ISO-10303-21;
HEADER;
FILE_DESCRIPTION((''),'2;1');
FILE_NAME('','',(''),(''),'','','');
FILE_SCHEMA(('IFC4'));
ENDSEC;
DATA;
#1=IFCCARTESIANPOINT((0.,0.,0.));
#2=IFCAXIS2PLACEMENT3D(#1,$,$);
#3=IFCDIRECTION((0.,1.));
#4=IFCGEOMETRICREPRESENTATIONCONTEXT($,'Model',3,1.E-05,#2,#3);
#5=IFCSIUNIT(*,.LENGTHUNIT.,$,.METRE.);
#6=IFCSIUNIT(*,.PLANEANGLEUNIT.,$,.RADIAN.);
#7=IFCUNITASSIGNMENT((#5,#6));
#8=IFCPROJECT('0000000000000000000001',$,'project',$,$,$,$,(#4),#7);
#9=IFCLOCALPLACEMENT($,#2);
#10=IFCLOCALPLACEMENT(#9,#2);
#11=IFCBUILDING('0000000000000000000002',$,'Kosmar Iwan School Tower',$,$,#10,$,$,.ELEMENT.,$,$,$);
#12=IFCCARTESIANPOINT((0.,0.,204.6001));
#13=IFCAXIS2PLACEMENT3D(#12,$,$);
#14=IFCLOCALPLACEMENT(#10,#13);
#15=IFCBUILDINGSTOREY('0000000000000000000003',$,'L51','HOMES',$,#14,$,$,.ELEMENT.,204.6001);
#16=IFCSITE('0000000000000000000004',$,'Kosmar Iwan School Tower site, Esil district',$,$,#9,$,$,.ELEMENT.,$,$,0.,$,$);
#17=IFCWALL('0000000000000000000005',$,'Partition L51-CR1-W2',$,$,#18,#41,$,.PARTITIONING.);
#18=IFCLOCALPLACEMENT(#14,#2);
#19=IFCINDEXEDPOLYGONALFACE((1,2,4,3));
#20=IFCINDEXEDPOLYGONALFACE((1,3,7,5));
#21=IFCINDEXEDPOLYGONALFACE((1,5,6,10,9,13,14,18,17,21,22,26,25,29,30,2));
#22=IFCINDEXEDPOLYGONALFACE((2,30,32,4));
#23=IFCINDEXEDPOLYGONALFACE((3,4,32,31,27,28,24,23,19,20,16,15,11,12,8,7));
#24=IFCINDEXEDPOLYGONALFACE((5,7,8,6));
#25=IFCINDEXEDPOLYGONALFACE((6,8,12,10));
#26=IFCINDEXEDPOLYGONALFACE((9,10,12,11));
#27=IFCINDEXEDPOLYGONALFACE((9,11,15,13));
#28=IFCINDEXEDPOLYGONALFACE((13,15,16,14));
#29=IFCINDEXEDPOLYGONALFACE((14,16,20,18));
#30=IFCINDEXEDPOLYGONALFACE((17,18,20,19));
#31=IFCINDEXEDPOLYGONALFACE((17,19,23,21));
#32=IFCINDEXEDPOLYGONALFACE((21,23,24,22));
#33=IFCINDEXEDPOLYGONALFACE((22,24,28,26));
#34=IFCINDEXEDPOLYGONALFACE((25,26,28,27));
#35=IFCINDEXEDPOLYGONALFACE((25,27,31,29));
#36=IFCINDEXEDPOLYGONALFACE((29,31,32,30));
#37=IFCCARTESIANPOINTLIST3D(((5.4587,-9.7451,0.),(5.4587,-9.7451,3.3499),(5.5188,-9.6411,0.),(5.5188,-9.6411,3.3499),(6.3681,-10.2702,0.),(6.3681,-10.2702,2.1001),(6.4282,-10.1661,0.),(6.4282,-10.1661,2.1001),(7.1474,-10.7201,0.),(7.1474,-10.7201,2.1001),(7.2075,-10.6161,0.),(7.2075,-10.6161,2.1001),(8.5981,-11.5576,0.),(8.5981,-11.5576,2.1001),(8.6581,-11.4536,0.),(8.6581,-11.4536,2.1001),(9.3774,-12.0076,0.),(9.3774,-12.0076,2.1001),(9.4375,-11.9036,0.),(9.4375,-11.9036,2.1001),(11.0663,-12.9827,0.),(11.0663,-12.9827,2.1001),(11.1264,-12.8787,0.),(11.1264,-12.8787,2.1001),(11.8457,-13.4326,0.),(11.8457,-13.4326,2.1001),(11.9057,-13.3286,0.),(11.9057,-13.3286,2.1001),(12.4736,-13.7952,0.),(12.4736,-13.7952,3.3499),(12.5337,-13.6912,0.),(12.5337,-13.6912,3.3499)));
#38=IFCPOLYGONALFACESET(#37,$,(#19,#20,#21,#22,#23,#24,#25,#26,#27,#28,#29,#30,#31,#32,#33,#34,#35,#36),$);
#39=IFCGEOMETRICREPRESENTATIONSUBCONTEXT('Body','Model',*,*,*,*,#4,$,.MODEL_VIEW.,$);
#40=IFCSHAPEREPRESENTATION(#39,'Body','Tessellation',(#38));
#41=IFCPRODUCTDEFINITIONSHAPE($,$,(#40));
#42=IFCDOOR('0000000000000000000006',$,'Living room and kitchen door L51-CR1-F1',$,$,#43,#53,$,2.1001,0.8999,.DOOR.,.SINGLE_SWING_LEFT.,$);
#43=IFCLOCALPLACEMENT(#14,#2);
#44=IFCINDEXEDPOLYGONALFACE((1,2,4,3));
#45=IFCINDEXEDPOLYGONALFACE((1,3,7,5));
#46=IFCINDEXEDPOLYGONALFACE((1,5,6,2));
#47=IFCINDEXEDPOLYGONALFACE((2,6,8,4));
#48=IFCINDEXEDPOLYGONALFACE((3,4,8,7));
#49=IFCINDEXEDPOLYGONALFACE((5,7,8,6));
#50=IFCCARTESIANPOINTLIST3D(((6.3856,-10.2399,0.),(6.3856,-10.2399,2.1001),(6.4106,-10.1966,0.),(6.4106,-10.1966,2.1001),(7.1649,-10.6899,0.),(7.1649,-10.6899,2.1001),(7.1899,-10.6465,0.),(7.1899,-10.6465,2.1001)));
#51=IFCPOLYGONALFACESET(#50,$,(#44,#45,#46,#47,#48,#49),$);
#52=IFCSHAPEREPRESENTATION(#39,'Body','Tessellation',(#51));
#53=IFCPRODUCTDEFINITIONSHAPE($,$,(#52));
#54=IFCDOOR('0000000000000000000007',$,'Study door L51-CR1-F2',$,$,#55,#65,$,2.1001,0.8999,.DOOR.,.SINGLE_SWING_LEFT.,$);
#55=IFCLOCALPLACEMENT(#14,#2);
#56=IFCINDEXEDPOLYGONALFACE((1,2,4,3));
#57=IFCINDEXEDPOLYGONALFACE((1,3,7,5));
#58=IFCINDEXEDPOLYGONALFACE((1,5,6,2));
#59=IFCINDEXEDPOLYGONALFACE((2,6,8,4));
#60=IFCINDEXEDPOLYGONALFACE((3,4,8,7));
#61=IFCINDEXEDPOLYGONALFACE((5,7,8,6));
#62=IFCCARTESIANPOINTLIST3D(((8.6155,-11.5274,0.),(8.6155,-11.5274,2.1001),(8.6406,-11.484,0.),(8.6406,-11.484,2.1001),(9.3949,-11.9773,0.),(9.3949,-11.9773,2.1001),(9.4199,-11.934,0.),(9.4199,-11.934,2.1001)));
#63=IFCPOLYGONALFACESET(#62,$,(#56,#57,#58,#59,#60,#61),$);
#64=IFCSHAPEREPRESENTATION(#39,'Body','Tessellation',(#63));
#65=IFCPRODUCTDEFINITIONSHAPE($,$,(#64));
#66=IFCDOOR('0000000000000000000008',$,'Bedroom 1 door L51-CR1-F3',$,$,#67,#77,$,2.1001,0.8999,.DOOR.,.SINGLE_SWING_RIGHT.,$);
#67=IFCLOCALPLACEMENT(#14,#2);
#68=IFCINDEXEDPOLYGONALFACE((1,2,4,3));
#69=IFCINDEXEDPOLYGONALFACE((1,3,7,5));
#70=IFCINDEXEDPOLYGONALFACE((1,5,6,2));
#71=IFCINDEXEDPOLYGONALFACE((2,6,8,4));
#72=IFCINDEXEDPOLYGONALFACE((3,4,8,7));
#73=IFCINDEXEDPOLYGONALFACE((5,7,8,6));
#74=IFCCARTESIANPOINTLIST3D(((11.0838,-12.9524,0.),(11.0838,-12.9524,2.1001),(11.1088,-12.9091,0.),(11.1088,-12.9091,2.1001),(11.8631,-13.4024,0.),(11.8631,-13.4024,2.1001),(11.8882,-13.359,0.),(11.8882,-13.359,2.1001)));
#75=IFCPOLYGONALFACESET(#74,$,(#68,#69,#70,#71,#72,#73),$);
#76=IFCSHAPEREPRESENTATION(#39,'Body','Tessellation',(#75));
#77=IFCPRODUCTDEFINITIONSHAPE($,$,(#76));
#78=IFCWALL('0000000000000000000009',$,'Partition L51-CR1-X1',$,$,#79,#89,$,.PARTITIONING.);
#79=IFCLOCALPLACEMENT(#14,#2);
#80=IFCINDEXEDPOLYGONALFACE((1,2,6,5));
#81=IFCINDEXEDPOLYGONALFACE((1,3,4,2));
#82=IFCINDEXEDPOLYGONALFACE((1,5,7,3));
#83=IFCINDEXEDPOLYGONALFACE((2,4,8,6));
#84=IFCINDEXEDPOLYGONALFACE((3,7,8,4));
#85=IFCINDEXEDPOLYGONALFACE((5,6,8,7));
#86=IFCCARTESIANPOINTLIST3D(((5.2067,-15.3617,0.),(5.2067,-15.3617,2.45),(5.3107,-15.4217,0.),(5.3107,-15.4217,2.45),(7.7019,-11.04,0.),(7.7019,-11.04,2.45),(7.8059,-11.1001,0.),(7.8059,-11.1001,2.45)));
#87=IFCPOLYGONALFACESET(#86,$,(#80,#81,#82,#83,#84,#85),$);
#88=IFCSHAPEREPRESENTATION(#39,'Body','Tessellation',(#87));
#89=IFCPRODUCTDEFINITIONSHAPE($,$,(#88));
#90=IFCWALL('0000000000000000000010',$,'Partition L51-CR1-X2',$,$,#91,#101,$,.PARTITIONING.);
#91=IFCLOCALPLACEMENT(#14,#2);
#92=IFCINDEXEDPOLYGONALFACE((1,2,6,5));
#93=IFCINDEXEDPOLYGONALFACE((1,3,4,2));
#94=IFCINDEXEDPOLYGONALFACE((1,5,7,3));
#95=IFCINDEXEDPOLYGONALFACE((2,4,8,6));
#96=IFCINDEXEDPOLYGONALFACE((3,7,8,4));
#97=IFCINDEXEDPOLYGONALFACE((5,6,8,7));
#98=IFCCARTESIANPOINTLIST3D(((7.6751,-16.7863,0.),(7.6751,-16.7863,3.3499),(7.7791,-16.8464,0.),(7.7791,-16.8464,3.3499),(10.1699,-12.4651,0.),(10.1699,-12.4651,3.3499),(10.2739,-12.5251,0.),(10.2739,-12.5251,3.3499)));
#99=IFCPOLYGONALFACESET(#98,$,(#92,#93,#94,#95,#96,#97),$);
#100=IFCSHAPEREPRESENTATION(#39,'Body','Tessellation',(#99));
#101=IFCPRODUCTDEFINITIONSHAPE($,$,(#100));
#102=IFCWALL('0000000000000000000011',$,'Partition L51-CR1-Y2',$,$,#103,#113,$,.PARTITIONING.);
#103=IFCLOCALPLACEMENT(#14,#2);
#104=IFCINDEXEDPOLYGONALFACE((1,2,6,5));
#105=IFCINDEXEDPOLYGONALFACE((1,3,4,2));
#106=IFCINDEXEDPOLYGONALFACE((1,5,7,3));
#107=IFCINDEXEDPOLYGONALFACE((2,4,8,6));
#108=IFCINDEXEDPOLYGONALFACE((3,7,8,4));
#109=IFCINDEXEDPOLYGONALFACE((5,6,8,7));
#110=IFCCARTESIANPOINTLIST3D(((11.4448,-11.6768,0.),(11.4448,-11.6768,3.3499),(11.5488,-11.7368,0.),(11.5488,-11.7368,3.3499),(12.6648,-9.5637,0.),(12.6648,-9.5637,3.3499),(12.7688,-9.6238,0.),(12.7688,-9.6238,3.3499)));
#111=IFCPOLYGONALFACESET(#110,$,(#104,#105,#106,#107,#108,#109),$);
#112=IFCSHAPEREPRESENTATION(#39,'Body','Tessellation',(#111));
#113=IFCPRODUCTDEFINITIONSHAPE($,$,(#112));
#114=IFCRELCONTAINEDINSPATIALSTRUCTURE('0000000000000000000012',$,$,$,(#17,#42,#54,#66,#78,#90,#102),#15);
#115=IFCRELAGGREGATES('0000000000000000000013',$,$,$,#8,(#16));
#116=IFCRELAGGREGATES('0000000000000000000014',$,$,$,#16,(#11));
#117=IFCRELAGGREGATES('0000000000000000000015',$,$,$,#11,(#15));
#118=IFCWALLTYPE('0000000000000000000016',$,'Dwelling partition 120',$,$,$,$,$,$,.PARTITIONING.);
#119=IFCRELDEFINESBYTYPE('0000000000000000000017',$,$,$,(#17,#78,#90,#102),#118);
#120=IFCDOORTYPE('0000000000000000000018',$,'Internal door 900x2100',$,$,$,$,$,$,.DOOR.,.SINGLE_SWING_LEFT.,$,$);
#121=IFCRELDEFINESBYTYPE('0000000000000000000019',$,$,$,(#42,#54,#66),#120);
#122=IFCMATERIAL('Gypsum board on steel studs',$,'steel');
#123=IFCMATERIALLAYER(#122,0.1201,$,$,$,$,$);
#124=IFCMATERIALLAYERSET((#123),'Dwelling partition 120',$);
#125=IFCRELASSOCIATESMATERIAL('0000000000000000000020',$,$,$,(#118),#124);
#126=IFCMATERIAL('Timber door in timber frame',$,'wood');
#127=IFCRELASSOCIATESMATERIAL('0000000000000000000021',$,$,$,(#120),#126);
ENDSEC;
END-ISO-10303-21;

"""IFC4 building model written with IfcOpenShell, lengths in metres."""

from ifc_helpers import new_model, si_unit, direction, frame, frame_2d, origin, place, context, subcontext, project, spatial, rectangle, extrude, material, layer, layer_set, type_object, element, fill, save


model = new_model("IFC4")

# Units and contexts
model_context = context("Model", 3, precision=1e-05, world=origin(), true_north=direction((0.0, 1.0)))
body_context = subcontext(model_context, "Body", "Model", "MODEL_VIEW")
ifc_project = project(units=[si_unit("LENGTHUNIT", "METRE"), si_unit("PLANEANGLEUNIT", "RADIAN")], contexts=[model_context])

# Site, building, storey
site_placement = place(None, origin())
site = spatial("IfcSite", under=ifc_project, at=site_placement, Name="Kosmar Iwan School Tower site, Esil district", CompositionType="ELEMENT", RefElevation=0.0)
building_placement = place(site_placement, origin())
building = spatial("IfcBuilding", under=site, at=building_placement, Name="Kosmar Iwan School Tower", CompositionType="ELEMENT")
storey_placement = place(building_placement, frame((0.0, 0.0, 204.6001)))
storey = spatial("IfcBuildingStorey", under=building, at=storey_placement, Name="L51", Description="HOMES", CompositionType="ELEMENT", Elevation=204.6001)

# Wall, openings, doors
ifc_material_1 = material(Name="Gypsum board on steel studs", Category="steel")
ifc_layer_1 = layer(ifc_material_1, 0.1201)
ifc_layer_set_1 = layer_set([ifc_layer_1], Name="Dwelling partition 120")
wall_type_1 = type_object("IfcWallType", Name="Dwelling partition 120", PredefinedType="PARTITIONING", material=ifc_layer_set_1)
ifc_material_2 = material(Name="Timber door in timber frame", Category="wood")
door_type_1 = type_object("IfcDoorType", Name="Internal door 900x2100", OperationType="SINGLE_SWING_LEFT", PredefinedType="DOOR", material=ifc_material_2)
wall_1_placement = place(storey_placement, frame((5.4888, -9.6931, 0.0), z_axis=(0.0, 0.0, 1.0), x_axis=(0.866025, -0.5, 0.0)))
wall_1 = element("IfcWall", 1, at=wall_1_placement, inside=storey, type_object=wall_type_1, Name="Partition L51-CR1-W2", PredefinedType="PARTITIONING", context=body_context, shape_type="SweptSolid", body=[
    extrude(rectangle(XDim=8.1001, YDim=0.1201, at=frame_2d((4.05, 0.0))), origin(), (0.0, 0.0, 1.0), 3.3499),
])
opening_1_placement = place(wall_1_placement, frame((1.05, 0.0, 0.0)))
opening_1 = element("IfcOpeningElement", 2, at=opening_1_placement, cuts=wall_1, PredefinedType="OPENING", context=body_context, shape_type="SweptSolid", body=[
    extrude(rectangle(XDim=0.8999, YDim=2.1001, at=frame_2d((0.45, 1.05))), frame((0.0, 0.072, 0.0), z_axis=(0.0, -1.0, 0.0), x_axis=(1.0, 0.0, 0.0)), (0.0, 0.0, 1.0), 0.144),
])
opening_2_placement = place(wall_1_placement, frame((3.625, 0.0, 0.0)))
opening_2 = element("IfcOpeningElement", 3, at=opening_2_placement, cuts=wall_1, PredefinedType="OPENING", context=body_context, shape_type="SweptSolid", body=[
    extrude(rectangle(XDim=0.8999, YDim=2.1001, at=frame_2d((0.45, 1.05))), frame((0.0, 0.072, 0.0), z_axis=(0.0, -1.0, 0.0), x_axis=(1.0, 0.0, 0.0)), (0.0, 0.0, 1.0), 0.144),
])
opening_3_placement = place(wall_1_placement, frame((6.4751, 0.0, 0.0)))
opening_3 = element("IfcOpeningElement", 4, at=opening_3_placement, cuts=wall_1, PredefinedType="OPENING", context=body_context, shape_type="SweptSolid", body=[
    extrude(rectangle(XDim=0.8999, YDim=2.1001, at=frame_2d((0.45, 1.05))), frame((0.0, 0.072, 0.0), z_axis=(0.0, -1.0, 0.0), x_axis=(1.0, 0.0, 0.0)), (0.0, 0.0, 1.0), 0.144),
])
door_1_placement = place(opening_1_placement, origin())
door_1 = element("IfcDoor", 5, at=door_1_placement, inside=storey, type_object=door_type_1, Name="Living room and kitchen door L51-CR1-F1", OperationType="SINGLE_SWING_LEFT", OverallHeight=2.1001, OverallWidth=0.8999, PredefinedType="DOOR", context=body_context, shape_type="SweptSolid", body=[
    extrude(rectangle(XDim=0.8999, YDim=2.1001, at=frame_2d((0.45, 1.05))), frame((0.0, 0.0249, 0.0), z_axis=(0.0, -1.0, 0.0), x_axis=(1.0, 0.0, 0.0)), (0.0, 0.0, 1.0), 0.05),
])
fill(opening_1, door_1)
door_2_placement = place(opening_2_placement, origin())
door_2 = element("IfcDoor", 6, at=door_2_placement, inside=storey, type_object=door_type_1, Name="Study door L51-CR1-F2", OperationType="SINGLE_SWING_LEFT", OverallHeight=2.1001, OverallWidth=0.8999, PredefinedType="DOOR", context=body_context, shape_type="SweptSolid", body=[
    extrude(rectangle(XDim=0.8999, YDim=2.1001, at=frame_2d((0.45, 1.05))), frame((0.0, 0.0249, 0.0), z_axis=(0.0, -1.0, 0.0), x_axis=(1.0, 0.0, 0.0)), (0.0, 0.0, 1.0), 0.05),
])
fill(opening_2, door_2)
door_3_placement = place(opening_3_placement, origin())
door_3 = element("IfcDoor", 7, at=door_3_placement, inside=storey, type_object=door_type_1, Name="Bedroom 1 door L51-CR1-F3", OperationType="SINGLE_SWING_RIGHT", OverallHeight=2.1001, OverallWidth=0.8999, PredefinedType="DOOR", context=body_context, shape_type="SweptSolid", body=[
    extrude(rectangle(XDim=0.8999, YDim=2.1001, at=frame_2d((0.45, 1.05))), frame((0.0, 0.0249, 0.0), z_axis=(0.0, -1.0, 0.0), x_axis=(1.0, 0.0, 0.0)), (0.0, 0.0, 1.0), 0.05),
])
fill(opening_3, door_3)

# Walls
wall_2_placement = place(storey_placement, frame((7.7539, -11.0701, 0.0), z_axis=(0.0, 0.0, 1.0), x_axis=(-0.500012, -0.866019, 0.0)))
element("IfcWall", 8, at=wall_2_placement, inside=storey, type_object=wall_type_1, Name="Partition L51-CR1-X1", PredefinedType="PARTITIONING", context=body_context, shape_type="SweptSolid", body=[
    extrude(rectangle(XDim=4.9902, YDim=0.1201, at=frame_2d((2.4951, 0.0))), origin(), (0.0, 0.0, 1.0), 2.45),
])
wall_3_placement = place(storey_placement, frame((10.2219, -12.4951, 0.0), z_axis=(0.0, 0.0, 1.0), x_axis=(-0.499996, -0.866028, 0.0)))
element("IfcWall", 9, at=wall_3_placement, inside=storey, type_object=wall_type_1, Name="Partition L51-CR1-X2", PredefinedType="PARTITIONING", context=body_context, shape_type="SweptSolid", body=[
    extrude(rectangle(XDim=4.9897, YDim=0.1201, at=frame_2d((2.4949, 0.0))), origin(), (0.0, 0.0, 1.0), 3.3499),
])
wall_4_placement = place(storey_placement, frame((12.7168, -9.5938, 0.0), z_axis=(0.0, 0.0, 1.0), x_axis=(-0.500003, -0.866024, 0.0)))
element("IfcWall", 10, at=wall_4_placement, inside=storey, type_object=wall_type_1, Name="Partition L51-CR1-Y2", PredefinedType="PARTITIONING", context=body_context, shape_type="SweptSolid", body=[
    extrude(rectangle(XDim=2.4399, YDim=0.1201, at=frame_2d((1.22, 0.0))), origin(), (0.0, 0.0, 1.0), 3.3499),
])

save(model, "model.ifc")
